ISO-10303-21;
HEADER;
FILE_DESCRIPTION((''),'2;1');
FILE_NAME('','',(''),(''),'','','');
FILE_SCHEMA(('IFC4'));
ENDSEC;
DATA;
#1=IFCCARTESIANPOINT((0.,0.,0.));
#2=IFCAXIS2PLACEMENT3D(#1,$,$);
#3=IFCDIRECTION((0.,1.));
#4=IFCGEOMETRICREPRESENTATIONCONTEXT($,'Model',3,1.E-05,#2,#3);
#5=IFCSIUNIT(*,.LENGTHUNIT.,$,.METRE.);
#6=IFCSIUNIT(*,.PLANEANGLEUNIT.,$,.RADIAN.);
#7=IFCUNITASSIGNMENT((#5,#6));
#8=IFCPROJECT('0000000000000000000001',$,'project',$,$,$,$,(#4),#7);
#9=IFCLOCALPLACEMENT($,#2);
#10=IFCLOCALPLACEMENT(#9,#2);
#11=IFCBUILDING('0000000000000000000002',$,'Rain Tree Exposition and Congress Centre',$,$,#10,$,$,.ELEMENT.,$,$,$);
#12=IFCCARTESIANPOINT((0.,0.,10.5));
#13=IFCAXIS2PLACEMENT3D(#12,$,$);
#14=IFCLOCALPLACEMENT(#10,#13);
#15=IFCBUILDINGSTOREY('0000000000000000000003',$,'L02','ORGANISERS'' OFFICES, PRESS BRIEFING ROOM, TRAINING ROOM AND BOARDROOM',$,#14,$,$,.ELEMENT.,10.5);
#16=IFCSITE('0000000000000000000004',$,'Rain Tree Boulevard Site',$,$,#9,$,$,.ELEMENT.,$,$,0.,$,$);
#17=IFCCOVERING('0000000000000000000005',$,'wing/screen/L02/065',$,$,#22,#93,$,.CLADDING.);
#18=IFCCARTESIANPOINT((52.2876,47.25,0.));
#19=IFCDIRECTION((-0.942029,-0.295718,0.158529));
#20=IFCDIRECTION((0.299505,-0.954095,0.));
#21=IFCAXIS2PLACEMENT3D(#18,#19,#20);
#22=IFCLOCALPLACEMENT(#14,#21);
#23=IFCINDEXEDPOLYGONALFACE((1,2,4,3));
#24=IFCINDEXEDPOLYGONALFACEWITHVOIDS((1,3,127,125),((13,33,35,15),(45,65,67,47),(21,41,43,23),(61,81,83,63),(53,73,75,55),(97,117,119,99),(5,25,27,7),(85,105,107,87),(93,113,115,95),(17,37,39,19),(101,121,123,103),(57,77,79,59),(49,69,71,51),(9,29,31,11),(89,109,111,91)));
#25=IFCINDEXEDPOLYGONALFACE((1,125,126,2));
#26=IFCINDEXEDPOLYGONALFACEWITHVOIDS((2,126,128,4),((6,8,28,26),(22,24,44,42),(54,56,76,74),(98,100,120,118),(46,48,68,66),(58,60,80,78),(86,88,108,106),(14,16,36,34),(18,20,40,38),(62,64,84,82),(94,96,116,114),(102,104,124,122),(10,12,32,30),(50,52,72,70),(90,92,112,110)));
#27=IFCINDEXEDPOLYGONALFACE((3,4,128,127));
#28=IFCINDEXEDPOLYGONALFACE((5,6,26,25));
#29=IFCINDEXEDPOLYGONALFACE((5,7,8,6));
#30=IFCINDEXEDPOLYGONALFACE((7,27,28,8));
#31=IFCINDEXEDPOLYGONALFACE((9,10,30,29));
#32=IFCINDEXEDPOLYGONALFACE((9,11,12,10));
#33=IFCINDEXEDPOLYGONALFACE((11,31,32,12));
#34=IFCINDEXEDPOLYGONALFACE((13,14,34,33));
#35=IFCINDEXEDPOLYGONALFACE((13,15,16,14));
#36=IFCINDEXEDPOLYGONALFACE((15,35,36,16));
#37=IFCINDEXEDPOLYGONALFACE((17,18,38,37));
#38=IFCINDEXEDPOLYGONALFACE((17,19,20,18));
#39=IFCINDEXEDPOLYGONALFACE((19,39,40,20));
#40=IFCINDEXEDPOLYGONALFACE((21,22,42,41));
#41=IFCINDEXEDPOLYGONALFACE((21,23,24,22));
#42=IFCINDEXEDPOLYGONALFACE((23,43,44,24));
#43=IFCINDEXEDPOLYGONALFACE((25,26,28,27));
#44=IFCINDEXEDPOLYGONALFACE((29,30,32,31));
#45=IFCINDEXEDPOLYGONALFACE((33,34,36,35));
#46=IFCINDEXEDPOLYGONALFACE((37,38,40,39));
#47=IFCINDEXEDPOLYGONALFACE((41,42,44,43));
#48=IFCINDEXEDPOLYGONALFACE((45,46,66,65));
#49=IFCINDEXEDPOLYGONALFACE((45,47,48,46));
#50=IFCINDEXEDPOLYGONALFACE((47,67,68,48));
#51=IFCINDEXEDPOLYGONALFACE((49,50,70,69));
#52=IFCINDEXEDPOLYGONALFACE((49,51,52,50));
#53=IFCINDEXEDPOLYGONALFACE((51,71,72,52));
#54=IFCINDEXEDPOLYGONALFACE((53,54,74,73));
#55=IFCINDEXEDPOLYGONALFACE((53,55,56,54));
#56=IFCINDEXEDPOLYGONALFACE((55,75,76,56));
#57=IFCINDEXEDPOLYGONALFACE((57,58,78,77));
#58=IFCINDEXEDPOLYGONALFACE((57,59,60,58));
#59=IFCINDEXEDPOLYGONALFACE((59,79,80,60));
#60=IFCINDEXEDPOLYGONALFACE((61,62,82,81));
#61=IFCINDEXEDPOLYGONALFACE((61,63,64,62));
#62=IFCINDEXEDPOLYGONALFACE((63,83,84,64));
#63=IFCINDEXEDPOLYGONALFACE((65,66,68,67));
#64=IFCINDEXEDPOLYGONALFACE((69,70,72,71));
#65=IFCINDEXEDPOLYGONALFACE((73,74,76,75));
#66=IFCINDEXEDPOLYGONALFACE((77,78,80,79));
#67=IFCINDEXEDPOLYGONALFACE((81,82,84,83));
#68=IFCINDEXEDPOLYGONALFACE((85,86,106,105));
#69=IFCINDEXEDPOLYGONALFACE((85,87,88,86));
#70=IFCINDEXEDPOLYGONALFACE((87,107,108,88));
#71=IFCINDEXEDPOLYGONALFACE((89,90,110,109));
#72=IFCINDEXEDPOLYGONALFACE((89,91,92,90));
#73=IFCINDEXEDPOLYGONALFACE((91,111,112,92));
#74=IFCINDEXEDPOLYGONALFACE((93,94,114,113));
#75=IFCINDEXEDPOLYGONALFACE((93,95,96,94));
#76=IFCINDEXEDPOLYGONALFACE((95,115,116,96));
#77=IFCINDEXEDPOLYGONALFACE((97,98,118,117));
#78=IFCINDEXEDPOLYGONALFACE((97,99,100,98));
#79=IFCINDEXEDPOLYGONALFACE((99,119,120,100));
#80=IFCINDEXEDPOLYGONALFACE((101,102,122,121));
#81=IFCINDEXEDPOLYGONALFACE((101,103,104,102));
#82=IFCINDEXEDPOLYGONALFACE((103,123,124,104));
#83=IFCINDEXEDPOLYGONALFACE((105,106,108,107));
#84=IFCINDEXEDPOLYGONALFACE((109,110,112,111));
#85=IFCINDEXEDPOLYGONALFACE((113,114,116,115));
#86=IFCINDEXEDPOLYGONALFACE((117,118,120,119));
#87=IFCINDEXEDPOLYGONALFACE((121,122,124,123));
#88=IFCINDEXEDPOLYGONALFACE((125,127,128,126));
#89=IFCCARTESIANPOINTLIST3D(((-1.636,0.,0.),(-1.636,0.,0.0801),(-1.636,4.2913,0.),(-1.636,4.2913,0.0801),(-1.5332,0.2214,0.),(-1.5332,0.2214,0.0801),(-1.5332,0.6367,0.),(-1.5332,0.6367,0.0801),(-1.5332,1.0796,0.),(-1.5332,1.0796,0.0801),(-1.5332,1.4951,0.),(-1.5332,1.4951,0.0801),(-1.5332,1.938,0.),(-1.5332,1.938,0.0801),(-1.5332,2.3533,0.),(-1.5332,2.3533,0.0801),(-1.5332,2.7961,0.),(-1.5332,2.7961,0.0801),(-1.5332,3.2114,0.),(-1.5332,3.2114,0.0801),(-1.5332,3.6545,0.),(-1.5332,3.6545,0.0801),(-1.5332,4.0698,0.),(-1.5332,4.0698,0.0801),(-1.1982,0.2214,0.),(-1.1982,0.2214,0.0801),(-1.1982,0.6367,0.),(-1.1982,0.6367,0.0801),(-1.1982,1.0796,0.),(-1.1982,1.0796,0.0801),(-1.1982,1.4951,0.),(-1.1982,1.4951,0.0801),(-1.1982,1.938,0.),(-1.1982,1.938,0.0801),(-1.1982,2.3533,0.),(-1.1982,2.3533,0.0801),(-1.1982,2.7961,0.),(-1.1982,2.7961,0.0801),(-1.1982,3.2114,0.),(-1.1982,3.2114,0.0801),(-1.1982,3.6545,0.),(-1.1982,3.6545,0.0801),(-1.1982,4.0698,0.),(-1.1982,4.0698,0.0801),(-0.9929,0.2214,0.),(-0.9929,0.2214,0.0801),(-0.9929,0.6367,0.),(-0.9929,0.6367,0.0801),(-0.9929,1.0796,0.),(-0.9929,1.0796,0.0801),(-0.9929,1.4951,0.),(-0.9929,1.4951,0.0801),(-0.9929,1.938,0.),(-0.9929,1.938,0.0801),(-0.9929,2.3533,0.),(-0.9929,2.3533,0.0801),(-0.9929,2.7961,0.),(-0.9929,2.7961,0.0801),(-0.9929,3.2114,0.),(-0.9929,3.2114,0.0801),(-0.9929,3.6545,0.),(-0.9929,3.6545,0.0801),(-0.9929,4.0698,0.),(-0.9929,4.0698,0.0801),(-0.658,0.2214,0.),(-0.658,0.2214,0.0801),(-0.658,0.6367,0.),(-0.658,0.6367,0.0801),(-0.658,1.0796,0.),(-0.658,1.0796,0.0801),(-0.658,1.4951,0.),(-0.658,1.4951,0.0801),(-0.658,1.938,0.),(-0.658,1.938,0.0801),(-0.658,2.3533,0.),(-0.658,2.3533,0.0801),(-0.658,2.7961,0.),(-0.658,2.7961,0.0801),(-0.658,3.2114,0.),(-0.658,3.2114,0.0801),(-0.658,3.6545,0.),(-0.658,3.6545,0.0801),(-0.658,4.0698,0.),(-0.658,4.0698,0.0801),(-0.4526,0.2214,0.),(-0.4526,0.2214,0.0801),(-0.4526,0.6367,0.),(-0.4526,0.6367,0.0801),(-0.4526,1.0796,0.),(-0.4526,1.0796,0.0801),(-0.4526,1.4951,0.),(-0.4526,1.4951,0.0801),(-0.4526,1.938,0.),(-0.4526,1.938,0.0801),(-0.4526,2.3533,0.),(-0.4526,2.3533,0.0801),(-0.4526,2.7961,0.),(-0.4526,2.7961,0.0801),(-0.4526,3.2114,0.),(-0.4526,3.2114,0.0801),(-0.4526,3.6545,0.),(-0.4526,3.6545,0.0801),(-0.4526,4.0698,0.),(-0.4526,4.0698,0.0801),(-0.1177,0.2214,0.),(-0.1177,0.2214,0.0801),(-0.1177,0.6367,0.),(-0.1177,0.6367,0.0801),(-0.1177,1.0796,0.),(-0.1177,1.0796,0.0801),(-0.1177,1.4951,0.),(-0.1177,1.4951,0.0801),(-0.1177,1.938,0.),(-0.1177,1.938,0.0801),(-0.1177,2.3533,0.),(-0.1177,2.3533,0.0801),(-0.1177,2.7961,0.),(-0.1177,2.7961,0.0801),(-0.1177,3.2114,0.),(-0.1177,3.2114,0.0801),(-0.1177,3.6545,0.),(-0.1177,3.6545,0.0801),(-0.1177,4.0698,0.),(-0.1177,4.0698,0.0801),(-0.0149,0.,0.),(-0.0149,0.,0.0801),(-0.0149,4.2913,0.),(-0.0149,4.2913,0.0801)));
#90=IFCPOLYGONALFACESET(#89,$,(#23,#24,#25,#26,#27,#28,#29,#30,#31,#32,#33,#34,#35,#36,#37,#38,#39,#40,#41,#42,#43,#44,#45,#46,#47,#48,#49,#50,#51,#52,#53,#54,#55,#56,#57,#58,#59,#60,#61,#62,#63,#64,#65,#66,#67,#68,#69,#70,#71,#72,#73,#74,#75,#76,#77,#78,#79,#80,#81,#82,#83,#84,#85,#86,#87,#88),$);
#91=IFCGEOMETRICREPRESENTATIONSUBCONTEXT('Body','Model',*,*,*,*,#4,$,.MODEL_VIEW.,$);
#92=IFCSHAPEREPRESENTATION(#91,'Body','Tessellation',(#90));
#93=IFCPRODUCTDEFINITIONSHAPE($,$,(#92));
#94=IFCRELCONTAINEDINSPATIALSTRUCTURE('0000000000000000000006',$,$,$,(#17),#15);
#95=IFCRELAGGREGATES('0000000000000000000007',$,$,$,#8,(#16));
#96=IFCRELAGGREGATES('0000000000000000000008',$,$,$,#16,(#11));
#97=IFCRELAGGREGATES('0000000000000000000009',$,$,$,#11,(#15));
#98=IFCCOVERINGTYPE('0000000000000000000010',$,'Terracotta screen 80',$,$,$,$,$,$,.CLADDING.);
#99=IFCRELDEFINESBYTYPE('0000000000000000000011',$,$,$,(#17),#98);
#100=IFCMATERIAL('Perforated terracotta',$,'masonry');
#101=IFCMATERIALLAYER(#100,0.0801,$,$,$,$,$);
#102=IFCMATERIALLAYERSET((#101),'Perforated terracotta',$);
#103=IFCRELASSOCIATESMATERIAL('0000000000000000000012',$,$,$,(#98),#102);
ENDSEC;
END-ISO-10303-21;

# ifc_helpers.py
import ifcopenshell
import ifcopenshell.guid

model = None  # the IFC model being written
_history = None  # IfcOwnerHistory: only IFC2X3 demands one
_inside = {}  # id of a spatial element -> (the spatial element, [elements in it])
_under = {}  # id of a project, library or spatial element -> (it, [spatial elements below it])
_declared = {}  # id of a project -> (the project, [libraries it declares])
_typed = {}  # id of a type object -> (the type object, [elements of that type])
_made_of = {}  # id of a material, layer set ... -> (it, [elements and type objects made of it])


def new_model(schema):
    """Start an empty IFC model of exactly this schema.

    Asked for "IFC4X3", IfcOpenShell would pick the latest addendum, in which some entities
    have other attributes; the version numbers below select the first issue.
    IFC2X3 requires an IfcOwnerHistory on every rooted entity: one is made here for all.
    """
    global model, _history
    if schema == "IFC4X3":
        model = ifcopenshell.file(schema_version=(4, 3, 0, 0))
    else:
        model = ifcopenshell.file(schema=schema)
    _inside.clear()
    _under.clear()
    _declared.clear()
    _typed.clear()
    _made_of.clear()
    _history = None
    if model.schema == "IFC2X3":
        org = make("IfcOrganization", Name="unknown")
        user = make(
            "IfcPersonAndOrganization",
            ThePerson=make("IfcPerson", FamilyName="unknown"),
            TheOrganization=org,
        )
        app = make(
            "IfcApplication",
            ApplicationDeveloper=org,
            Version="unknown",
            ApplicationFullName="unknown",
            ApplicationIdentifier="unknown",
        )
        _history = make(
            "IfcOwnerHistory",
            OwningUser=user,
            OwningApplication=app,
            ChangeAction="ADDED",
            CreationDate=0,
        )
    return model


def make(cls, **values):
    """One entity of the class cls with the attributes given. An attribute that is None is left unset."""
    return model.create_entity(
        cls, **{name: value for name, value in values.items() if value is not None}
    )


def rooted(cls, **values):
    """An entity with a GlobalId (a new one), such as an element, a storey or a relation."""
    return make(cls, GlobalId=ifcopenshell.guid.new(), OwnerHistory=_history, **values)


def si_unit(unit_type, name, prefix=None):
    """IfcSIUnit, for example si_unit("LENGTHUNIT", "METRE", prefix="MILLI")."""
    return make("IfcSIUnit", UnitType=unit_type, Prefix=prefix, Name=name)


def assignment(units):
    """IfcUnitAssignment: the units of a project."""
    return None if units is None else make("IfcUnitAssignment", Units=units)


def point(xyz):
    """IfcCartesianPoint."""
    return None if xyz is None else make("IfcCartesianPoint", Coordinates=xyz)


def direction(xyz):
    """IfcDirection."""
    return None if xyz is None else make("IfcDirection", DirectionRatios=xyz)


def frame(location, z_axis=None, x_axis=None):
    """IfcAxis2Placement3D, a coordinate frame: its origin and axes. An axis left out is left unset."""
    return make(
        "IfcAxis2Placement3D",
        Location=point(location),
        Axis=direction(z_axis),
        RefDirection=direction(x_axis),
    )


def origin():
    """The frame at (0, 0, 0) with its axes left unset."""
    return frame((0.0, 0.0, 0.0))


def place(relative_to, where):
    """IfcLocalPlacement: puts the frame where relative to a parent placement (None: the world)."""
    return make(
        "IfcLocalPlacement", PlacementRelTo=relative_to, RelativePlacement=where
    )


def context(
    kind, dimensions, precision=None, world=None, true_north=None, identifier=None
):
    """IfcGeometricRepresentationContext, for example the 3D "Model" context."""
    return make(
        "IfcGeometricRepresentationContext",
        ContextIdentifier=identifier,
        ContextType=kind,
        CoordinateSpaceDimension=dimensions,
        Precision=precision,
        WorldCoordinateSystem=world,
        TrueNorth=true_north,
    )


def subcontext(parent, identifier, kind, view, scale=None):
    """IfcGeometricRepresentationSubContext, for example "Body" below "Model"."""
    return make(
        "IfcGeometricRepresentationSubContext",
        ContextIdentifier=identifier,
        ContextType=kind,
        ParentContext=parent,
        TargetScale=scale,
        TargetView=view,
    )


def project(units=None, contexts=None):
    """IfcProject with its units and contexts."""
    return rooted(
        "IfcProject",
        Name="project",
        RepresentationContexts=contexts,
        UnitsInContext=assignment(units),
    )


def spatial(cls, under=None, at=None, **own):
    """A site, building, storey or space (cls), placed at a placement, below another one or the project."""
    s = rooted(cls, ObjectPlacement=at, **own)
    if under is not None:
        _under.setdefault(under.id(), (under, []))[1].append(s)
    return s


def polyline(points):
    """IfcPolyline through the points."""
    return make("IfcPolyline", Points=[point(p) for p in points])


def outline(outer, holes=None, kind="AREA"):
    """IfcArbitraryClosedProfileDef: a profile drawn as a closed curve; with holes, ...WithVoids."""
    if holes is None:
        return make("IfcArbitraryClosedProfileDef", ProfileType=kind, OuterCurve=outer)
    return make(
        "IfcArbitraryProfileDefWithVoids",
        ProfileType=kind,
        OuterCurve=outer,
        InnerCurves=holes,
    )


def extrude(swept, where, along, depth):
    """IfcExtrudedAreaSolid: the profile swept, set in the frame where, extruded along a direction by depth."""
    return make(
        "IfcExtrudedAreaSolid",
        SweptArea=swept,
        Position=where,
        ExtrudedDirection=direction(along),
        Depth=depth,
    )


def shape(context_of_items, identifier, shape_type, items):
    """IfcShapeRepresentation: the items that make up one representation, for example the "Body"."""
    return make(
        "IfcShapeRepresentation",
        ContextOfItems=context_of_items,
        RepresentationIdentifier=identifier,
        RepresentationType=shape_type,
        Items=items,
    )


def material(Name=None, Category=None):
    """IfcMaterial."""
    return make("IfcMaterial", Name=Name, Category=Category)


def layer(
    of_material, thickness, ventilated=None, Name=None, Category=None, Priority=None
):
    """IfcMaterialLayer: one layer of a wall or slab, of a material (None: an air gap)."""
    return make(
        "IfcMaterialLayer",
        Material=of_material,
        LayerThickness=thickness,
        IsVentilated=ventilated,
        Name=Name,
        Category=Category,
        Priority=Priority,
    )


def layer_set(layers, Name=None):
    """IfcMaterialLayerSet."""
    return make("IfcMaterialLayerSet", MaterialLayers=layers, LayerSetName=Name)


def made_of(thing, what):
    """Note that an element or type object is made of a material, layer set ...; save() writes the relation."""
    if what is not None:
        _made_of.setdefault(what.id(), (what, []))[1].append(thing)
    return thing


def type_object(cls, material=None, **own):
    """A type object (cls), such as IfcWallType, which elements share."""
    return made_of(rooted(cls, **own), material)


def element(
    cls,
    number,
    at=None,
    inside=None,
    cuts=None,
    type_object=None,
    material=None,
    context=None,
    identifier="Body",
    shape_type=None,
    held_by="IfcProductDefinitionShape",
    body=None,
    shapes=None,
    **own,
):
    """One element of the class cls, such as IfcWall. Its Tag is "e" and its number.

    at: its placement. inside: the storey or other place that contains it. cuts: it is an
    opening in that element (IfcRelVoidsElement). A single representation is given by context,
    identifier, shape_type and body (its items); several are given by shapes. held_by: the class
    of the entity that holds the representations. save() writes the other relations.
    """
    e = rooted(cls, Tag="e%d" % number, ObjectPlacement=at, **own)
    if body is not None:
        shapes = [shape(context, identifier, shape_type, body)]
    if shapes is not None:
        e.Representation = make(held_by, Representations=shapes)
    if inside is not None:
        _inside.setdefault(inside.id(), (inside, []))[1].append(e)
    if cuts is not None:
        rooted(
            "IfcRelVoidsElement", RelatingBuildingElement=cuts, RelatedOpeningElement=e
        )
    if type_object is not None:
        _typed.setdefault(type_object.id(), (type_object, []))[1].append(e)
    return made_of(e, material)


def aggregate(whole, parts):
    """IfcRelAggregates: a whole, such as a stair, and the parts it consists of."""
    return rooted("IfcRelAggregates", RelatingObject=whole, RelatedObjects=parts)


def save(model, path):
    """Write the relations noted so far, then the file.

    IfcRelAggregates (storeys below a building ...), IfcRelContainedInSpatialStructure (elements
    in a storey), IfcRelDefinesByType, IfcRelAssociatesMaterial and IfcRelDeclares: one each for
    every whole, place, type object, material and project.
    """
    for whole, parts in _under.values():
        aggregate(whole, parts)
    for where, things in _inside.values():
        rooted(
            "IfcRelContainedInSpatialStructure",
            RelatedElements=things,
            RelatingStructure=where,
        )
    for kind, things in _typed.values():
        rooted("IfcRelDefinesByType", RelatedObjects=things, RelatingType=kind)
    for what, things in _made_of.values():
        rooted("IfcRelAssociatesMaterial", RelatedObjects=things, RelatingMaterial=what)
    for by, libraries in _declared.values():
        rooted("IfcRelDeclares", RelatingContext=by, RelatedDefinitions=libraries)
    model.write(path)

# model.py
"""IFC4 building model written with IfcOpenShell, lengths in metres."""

from ifc_helpers import new_model, si_unit, direction, frame, origin, place, context, subcontext, project, spatial, polyline, outline, extrude, material, layer, layer_set, type_object, element, save


model = new_model("IFC4")

# Units and contexts
model_context = context("Model", 3, precision=1e-05, world=origin(), true_north=direction((0.0, 1.0)))
body_context = subcontext(model_context, "Body", "Model", "MODEL_VIEW")
ifc_project = project(units=[si_unit("LENGTHUNIT", "METRE"), si_unit("PLANEANGLEUNIT", "RADIAN")], contexts=[model_context])

# Site, building, storey
site_placement = place(None, origin())
site = spatial("IfcSite", under=ifc_project, at=site_placement, Name="Rain Tree Boulevard Site", CompositionType="ELEMENT", RefElevation=0.0)
building_placement = place(site_placement, origin())
building = spatial("IfcBuilding", under=site, at=building_placement, Name="Rain Tree Exposition and Congress Centre", CompositionType="ELEMENT")
storey_placement = place(building_placement, frame((0.0, 0.0, 10.5)))
storey = spatial("IfcBuildingStorey", under=building, at=storey_placement, Name="L02", Description="ORGANISERS' OFFICES, PRESS BRIEFING ROOM, TRAINING ROOM AND BOARDROOM", CompositionType="ELEMENT", Elevation=10.5)

# Covering
ifc_material_1 = material(Name="Perforated terracotta", Category="masonry")
ifc_layer_1 = layer(ifc_material_1, 0.0801)
ifc_layer_set_1 = layer_set([ifc_layer_1], Name="Perforated terracotta")
covering_type = type_object("IfcCoveringType", Name="Terracotta screen 80", PredefinedType="CLADDING", material=ifc_layer_set_1)
covering_1_placement = place(storey_placement, frame((52.2876, 47.25, 0.0), z_axis=(-0.942029, -0.295718, 0.158529), x_axis=(0.299505, -0.954095, 0.0)))
element("IfcCovering", 1, at=covering_1_placement, inside=storey, type_object=covering_type, Name="wing/screen/L02/065", PredefinedType="CLADDING", context=body_context, shape_type="SweptSolid", body=[
    extrude(outline(polyline([(-1.636, 0.0), (-1.636, 4.2913), (-0.0149, 4.2913), (-0.0149, 0.0), (-1.636, 0.0)]), holes=[polyline([(-0.1177, 0.2214), (-0.1177, 0.6367), (-0.4526, 0.6367), (-0.4526, 0.2214), (-0.1177, 0.2214)]), polyline([(-0.1177, 1.0796), (-0.1177, 1.4951), (-0.4526, 1.4951), (-0.4526, 1.0796), (-0.1177, 1.0796)]), polyline([(-0.1177, 1.938), (-0.1177, 2.3533), (-0.4526, 2.3533), (-0.4526, 1.938), (-0.1177, 1.938)]), polyline([(-0.1177, 2.7961), (-0.1177, 3.2114), (-0.4526, 3.2114), (-0.4526, 2.7961), (-0.1177, 2.7961)]), polyline([(-0.1177, 3.6545), (-0.1177, 4.0698), (-0.4526, 4.0698), (-0.4526, 3.6545), (-0.1177, 3.6545)]), polyline([(-0.658, 0.2214), (-0.658, 0.6367), (-0.9929, 0.6367), (-0.9929, 0.2214), (-0.658, 0.2214)]), polyline([(-0.658, 1.0796), (-0.658, 1.4951), (-0.9929, 1.4951), (-0.9929, 1.0796), (-0.658, 1.0796)]), polyline([(-0.658, 1.938), (-0.658, 2.3533), (-0.9929, 2.3533), (-0.9929, 1.938), (-0.658, 1.938)]), polyline([(-0.658, 2.7961), (-0.658, 3.2114), (-0.9929, 3.2114), (-0.9929, 2.7961), (-0.658, 2.7961)]), polyline([(-0.658, 3.6545), (-0.658, 4.0698), (-0.9929, 4.0698), (-0.9929, 3.6545), (-0.658, 3.6545)]), polyline([(-1.1982, 0.2214), (-1.1982, 0.6367), (-1.5332, 0.6367), (-1.5332, 0.2214), (-1.1982, 0.2214)]), polyline([(-1.1982, 1.0796), (-1.1982, 1.4951), (-1.5332, 1.4951), (-1.5332, 1.0796), (-1.1982, 1.0796)]), polyline([(-1.1982, 1.938), (-1.1982, 2.3533), (-1.5332, 2.3533), (-1.5332, 1.938), (-1.1982, 1.938)]), polyline([(-1.1982, 2.7961), (-1.1982, 3.2114), (-1.5332, 3.2114), (-1.5332, 2.7961), (-1.1982, 2.7961)]), polyline([(-1.1982, 3.6545), (-1.1982, 4.0698), (-1.5332, 4.0698), (-1.5332, 3.6545), (-1.1982, 3.6545)])]), origin(), (0.0, 0.0, 1.0), 0.0801),
])

save(model, "model.ifc")
